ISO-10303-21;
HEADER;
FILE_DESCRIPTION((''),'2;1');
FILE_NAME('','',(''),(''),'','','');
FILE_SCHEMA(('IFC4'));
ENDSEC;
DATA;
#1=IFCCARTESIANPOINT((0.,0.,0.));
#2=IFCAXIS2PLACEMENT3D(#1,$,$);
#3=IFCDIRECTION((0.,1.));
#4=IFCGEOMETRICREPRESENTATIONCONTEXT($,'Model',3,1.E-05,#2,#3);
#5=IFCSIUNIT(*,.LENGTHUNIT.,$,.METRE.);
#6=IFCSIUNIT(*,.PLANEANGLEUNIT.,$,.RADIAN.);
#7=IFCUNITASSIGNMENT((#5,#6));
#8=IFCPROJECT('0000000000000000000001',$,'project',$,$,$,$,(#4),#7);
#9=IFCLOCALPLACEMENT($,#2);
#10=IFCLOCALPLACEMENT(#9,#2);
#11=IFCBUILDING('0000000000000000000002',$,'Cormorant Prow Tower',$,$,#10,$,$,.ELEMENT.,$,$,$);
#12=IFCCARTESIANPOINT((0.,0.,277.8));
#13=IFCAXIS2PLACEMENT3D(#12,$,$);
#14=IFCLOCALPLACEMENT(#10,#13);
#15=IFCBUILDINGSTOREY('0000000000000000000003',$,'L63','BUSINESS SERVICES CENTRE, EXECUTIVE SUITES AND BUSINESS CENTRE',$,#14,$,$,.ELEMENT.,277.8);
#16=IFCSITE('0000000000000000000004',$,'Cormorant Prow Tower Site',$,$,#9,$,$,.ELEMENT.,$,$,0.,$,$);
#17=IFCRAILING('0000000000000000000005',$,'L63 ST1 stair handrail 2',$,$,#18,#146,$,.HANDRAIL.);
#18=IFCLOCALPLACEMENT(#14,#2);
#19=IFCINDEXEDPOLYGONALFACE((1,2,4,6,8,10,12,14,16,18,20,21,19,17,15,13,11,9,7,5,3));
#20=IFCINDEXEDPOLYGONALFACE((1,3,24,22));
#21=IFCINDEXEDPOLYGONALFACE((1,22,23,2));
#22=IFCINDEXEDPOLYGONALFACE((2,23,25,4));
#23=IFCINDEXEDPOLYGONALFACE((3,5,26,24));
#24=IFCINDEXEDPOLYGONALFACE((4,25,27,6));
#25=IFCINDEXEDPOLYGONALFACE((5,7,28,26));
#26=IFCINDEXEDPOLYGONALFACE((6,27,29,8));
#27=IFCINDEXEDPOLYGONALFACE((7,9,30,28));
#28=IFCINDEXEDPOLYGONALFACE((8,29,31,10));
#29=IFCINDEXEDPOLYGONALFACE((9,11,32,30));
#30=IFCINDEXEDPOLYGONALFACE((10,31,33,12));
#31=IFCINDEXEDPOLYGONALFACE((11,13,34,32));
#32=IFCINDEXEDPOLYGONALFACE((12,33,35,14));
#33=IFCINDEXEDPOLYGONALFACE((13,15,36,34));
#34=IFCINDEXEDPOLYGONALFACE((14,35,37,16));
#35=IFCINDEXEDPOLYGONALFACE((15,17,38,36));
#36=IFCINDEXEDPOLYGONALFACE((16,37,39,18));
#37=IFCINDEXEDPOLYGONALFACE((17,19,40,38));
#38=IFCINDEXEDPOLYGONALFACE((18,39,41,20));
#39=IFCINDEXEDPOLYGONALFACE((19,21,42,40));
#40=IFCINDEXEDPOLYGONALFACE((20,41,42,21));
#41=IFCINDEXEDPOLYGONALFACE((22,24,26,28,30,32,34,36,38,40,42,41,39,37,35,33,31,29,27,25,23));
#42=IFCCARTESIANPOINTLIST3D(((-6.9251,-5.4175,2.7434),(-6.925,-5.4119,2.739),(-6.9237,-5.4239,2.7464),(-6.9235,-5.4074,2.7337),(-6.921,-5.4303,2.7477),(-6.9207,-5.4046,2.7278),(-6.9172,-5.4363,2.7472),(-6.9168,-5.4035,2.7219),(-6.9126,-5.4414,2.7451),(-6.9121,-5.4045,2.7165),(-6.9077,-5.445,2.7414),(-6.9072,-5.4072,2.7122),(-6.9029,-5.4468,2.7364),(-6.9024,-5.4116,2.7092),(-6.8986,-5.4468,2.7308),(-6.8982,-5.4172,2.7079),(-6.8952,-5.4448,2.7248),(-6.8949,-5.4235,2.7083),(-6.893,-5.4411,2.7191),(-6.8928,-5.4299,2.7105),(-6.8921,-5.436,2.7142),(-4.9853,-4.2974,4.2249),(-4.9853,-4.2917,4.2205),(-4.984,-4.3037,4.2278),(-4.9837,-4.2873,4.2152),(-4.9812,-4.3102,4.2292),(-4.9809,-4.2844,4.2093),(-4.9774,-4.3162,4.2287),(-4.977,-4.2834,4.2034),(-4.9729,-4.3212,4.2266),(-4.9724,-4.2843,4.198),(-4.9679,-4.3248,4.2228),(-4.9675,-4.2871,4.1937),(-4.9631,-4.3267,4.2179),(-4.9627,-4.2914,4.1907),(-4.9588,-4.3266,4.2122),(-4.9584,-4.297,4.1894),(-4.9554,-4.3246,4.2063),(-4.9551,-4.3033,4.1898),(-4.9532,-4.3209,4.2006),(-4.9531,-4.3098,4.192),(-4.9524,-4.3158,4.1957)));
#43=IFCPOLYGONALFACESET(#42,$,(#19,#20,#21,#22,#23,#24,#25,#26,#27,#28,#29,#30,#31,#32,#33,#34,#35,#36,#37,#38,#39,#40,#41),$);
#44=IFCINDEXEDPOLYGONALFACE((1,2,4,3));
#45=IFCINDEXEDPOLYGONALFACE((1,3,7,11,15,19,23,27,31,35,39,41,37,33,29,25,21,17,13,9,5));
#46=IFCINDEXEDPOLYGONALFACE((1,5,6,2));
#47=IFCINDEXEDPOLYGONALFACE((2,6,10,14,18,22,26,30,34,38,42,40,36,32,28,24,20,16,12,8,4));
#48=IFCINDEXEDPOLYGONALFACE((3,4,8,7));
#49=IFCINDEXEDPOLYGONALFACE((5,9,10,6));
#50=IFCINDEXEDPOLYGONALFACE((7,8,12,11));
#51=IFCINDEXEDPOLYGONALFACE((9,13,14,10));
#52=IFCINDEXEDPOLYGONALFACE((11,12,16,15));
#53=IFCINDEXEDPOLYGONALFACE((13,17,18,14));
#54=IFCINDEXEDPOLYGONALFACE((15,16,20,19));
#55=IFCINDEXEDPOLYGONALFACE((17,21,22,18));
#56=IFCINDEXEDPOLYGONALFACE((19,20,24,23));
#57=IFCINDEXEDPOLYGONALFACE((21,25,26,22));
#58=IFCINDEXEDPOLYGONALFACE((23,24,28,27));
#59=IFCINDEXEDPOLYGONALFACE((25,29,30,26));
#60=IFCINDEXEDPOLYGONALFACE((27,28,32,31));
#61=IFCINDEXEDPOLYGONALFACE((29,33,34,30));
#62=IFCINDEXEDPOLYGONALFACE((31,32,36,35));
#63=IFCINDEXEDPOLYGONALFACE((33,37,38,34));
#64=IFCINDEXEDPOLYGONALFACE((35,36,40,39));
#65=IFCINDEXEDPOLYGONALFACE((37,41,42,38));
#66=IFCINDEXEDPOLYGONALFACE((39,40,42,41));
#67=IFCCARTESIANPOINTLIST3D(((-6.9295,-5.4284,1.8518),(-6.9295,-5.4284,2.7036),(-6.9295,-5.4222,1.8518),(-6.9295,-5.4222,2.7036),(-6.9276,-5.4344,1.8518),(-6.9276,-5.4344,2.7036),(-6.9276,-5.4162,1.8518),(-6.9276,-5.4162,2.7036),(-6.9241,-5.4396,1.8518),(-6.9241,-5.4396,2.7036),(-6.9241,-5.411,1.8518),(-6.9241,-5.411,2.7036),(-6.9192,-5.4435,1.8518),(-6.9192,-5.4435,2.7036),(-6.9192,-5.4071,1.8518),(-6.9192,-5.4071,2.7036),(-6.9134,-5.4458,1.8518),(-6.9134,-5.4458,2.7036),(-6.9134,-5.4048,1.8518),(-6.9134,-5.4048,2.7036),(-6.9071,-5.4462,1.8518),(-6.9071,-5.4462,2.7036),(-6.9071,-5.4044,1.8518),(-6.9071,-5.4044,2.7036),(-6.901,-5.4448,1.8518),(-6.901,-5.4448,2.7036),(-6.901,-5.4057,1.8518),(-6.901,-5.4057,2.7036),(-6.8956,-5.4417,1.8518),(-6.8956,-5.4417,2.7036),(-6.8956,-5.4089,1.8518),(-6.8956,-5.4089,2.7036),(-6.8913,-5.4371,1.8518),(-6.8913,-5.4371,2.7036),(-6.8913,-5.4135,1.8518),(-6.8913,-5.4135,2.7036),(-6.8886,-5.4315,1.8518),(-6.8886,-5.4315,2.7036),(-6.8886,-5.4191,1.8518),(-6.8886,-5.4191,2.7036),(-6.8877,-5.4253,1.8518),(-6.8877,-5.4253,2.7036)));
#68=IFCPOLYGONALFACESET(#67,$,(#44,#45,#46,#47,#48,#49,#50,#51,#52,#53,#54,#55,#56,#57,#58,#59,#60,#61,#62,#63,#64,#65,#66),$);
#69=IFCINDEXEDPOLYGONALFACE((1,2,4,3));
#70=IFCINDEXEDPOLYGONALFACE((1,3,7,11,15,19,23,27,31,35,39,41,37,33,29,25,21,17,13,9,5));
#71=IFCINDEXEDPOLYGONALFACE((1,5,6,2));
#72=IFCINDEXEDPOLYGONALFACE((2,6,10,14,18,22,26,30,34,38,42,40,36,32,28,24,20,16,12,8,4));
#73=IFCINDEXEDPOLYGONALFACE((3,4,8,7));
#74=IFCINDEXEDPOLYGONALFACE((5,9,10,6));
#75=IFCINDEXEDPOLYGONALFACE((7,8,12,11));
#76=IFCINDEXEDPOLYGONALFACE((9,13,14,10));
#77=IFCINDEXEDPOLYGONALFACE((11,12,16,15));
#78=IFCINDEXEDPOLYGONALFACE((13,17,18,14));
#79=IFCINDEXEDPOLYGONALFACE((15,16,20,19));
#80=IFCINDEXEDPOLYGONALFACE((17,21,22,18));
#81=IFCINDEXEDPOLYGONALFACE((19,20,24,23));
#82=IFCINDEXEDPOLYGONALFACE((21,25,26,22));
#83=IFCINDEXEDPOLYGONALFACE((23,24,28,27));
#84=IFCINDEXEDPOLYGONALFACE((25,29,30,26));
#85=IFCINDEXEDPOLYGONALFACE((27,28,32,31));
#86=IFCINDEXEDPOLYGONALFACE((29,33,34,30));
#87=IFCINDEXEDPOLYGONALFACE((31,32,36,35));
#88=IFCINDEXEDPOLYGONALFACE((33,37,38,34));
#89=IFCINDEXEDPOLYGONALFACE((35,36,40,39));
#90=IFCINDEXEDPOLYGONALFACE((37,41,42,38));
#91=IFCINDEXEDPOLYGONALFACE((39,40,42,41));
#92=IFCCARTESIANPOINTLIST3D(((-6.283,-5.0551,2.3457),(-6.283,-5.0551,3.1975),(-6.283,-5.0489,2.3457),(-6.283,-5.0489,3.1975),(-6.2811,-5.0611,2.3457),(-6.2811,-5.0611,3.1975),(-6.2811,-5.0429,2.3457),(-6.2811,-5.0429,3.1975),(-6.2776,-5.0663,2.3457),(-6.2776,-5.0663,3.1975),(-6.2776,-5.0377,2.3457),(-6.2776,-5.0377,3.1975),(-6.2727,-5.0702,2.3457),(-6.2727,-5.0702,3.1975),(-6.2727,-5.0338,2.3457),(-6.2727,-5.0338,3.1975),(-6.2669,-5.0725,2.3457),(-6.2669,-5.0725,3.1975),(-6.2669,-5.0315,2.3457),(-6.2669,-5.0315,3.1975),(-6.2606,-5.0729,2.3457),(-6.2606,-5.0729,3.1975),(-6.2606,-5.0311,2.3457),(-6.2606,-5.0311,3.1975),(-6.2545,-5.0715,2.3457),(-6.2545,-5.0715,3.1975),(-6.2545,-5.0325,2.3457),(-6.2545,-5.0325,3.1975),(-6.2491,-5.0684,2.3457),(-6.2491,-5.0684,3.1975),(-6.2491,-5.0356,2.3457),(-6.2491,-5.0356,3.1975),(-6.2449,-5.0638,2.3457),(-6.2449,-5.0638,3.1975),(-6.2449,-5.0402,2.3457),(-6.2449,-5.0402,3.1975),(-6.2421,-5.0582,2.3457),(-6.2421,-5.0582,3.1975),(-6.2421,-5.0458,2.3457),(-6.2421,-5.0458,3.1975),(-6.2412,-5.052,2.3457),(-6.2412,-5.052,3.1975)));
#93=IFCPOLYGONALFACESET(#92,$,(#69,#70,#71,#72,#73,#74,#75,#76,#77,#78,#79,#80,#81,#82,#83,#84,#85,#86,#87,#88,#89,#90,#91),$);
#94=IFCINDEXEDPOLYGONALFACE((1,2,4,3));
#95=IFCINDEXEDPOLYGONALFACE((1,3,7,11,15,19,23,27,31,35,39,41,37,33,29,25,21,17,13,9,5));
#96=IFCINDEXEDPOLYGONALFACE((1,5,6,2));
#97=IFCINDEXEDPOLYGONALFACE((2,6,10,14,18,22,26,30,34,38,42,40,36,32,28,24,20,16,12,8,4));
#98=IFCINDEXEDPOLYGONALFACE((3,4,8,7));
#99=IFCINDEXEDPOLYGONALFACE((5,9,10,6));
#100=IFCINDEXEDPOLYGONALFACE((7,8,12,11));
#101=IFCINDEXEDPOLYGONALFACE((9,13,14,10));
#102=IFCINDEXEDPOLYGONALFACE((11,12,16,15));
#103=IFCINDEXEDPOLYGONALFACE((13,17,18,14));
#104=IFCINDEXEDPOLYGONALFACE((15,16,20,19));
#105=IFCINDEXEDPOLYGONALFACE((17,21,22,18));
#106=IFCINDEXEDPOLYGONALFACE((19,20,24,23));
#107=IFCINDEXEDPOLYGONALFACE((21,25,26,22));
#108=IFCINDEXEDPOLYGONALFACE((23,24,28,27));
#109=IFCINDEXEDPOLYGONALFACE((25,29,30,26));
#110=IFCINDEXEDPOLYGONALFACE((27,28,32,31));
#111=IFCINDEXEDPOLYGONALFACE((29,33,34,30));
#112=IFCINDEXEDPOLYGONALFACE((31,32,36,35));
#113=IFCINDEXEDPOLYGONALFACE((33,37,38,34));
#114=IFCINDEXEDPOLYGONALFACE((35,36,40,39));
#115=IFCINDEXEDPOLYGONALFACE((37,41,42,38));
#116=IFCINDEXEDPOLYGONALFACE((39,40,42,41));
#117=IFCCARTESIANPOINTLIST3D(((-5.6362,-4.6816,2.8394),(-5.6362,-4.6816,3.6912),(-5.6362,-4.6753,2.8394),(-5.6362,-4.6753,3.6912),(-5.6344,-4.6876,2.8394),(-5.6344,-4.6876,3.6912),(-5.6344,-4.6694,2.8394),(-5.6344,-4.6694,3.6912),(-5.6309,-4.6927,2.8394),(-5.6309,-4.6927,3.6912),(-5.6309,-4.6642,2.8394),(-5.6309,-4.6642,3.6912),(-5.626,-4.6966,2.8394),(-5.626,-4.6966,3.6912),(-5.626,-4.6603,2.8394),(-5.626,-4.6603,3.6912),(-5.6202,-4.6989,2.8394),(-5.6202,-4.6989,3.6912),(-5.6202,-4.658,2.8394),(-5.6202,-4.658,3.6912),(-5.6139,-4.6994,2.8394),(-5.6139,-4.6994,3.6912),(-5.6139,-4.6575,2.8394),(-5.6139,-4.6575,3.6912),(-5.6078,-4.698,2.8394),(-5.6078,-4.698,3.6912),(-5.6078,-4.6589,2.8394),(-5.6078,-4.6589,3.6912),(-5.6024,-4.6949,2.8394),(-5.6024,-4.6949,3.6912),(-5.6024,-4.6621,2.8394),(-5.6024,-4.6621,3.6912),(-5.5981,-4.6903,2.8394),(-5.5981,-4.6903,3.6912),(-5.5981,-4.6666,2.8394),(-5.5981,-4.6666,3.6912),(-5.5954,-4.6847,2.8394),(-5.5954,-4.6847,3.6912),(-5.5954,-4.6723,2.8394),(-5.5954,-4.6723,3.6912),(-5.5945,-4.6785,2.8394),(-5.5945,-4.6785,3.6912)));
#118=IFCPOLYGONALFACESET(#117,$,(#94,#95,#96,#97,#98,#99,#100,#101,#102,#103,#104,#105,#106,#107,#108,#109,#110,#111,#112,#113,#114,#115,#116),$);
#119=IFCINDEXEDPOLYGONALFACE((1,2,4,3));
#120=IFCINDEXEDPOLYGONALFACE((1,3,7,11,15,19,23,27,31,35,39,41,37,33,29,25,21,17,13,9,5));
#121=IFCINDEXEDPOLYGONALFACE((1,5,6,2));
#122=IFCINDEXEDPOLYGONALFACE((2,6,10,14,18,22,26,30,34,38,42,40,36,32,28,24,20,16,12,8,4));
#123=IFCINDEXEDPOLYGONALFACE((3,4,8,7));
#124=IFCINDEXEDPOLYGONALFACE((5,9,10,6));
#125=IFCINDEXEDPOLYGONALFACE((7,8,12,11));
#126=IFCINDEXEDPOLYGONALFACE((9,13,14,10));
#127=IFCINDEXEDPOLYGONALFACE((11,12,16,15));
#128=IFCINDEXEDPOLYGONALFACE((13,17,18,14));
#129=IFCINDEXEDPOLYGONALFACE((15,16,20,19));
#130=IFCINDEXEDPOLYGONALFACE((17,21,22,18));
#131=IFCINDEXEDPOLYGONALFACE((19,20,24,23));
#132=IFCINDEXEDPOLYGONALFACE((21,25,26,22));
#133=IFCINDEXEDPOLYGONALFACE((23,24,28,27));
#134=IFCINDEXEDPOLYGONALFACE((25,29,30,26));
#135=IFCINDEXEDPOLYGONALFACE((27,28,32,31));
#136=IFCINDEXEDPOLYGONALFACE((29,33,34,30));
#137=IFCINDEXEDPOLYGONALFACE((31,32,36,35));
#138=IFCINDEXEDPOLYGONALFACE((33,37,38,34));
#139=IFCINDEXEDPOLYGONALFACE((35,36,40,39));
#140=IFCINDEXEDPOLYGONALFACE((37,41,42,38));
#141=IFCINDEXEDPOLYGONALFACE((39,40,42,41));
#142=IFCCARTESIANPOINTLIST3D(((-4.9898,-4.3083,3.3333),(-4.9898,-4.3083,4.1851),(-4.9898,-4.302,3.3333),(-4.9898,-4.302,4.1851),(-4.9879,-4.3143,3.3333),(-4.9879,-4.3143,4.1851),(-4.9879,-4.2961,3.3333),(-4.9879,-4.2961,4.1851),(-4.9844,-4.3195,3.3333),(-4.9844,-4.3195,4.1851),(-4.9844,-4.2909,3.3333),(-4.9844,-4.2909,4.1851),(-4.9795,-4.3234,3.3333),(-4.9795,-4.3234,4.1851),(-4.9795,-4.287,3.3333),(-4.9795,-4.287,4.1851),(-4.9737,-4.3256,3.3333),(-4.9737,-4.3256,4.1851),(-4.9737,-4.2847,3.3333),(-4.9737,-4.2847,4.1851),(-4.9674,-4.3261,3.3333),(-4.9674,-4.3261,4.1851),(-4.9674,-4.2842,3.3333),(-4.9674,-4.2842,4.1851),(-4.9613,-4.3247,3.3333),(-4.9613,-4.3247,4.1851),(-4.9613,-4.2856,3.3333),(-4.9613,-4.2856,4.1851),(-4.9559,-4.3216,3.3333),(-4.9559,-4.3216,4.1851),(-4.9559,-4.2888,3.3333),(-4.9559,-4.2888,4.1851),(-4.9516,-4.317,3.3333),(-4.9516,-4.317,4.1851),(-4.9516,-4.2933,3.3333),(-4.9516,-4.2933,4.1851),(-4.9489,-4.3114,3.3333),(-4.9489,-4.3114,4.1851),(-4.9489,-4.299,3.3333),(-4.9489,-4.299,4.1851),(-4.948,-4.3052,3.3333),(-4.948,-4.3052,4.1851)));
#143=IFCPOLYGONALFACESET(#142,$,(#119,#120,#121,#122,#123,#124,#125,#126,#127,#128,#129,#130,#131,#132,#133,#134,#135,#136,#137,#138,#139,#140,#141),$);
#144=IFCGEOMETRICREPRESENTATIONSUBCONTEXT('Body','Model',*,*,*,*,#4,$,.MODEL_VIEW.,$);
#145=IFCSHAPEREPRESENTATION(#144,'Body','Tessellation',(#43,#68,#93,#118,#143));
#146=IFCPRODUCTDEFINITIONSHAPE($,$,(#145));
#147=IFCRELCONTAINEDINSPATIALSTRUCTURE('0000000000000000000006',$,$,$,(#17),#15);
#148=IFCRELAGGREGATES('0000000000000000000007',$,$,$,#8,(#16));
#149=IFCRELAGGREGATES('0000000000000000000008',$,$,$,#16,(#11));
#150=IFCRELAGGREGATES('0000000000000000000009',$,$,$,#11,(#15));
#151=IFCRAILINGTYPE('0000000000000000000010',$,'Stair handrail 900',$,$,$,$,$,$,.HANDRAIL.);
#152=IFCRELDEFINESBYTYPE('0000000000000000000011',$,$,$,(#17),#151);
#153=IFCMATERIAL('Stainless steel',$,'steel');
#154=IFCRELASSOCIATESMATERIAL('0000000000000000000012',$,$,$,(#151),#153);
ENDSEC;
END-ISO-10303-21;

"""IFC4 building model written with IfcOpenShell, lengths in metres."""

from ifc_helpers import new_model, si_unit, direction, frame, origin, origin_2d, place, context, subcontext, project, spatial, circle, extrude, material, type_object, element, save


model = new_model("IFC4")

# Units and contexts
model_context = context("Model", 3, precision=1e-05, world=origin(), true_north=direction((0.0, 1.0)))
body_context = subcontext(model_context, "Body", "Model", "MODEL_VIEW")
ifc_project = project(units=[si_unit("LENGTHUNIT", "METRE"), si_unit("PLANEANGLEUNIT", "RADIAN")], contexts=[model_context])

# Site, building, storey
site_placement = place(None, origin())
site = spatial("IfcSite", under=ifc_project, at=site_placement, Name="Cormorant Prow Tower Site", CompositionType="ELEMENT", RefElevation=0.0)
building_placement = place(site_placement, origin())
building = spatial("IfcBuilding", under=site, at=building_placement, Name="Cormorant Prow Tower", CompositionType="ELEMENT")
storey_placement = place(building_placement, frame((0.0, 0.0, 277.8)))
storey = spatial("IfcBuildingStorey", under=building, at=storey_placement, Name="L63", Description="BUSINESS SERVICES CENTRE, EXECUTIVE SUITES AND BUSINESS CENTRE", CompositionType="ELEMENT", Elevation=277.8)

# Railing
ifc_material_1 = material(Name="Stainless steel", Category="steel")
railing_type = type_object("IfcRailingType", Name="Stair handrail 900", PredefinedType="HANDRAIL", material=ifc_material_1)
railing_placement = place(storey_placement, frame((-6.9087, -5.4253, 1.8518)))
element("IfcRailing", 1, at=railing_placement, inside=storey, type_object=railing_type, Name="L63 ST1 stair handrail 2", PredefinedType="HANDRAIL", context=body_context, shape_type="SweptSolid", body=[
    extrude(circle(Radius=0.0239, at=origin_2d()), frame((0.0, 0.0, 0.876), z_axis=(0.722292, 0.417102, 0.551651), x_axis=(-0.500078, 0.86598, 0.0)), (0.0, 0.0, 1.0), 2.6855),
    extrude(circle(Radius=0.021, at=origin_2d()), origin(), (0.0, 0.0, 1.0), 0.8518),
    extrude(circle(Radius=0.021, at=origin_2d()), frame((0.6465, 0.3733, 0.4939)), (0.0, 0.0, 1.0), 0.8518),
    extrude(circle(Radius=0.021, at=origin_2d()), frame((1.2932, 0.7468, 0.9875)), (0.0, 0.0, 1.0), 0.8518),
    extrude(circle(Radius=0.021, at=origin_2d()), frame((1.9397, 1.1201, 1.4814)), (0.0, 0.0, 1.0), 0.8518),
])

save(model, "model.ifc")
